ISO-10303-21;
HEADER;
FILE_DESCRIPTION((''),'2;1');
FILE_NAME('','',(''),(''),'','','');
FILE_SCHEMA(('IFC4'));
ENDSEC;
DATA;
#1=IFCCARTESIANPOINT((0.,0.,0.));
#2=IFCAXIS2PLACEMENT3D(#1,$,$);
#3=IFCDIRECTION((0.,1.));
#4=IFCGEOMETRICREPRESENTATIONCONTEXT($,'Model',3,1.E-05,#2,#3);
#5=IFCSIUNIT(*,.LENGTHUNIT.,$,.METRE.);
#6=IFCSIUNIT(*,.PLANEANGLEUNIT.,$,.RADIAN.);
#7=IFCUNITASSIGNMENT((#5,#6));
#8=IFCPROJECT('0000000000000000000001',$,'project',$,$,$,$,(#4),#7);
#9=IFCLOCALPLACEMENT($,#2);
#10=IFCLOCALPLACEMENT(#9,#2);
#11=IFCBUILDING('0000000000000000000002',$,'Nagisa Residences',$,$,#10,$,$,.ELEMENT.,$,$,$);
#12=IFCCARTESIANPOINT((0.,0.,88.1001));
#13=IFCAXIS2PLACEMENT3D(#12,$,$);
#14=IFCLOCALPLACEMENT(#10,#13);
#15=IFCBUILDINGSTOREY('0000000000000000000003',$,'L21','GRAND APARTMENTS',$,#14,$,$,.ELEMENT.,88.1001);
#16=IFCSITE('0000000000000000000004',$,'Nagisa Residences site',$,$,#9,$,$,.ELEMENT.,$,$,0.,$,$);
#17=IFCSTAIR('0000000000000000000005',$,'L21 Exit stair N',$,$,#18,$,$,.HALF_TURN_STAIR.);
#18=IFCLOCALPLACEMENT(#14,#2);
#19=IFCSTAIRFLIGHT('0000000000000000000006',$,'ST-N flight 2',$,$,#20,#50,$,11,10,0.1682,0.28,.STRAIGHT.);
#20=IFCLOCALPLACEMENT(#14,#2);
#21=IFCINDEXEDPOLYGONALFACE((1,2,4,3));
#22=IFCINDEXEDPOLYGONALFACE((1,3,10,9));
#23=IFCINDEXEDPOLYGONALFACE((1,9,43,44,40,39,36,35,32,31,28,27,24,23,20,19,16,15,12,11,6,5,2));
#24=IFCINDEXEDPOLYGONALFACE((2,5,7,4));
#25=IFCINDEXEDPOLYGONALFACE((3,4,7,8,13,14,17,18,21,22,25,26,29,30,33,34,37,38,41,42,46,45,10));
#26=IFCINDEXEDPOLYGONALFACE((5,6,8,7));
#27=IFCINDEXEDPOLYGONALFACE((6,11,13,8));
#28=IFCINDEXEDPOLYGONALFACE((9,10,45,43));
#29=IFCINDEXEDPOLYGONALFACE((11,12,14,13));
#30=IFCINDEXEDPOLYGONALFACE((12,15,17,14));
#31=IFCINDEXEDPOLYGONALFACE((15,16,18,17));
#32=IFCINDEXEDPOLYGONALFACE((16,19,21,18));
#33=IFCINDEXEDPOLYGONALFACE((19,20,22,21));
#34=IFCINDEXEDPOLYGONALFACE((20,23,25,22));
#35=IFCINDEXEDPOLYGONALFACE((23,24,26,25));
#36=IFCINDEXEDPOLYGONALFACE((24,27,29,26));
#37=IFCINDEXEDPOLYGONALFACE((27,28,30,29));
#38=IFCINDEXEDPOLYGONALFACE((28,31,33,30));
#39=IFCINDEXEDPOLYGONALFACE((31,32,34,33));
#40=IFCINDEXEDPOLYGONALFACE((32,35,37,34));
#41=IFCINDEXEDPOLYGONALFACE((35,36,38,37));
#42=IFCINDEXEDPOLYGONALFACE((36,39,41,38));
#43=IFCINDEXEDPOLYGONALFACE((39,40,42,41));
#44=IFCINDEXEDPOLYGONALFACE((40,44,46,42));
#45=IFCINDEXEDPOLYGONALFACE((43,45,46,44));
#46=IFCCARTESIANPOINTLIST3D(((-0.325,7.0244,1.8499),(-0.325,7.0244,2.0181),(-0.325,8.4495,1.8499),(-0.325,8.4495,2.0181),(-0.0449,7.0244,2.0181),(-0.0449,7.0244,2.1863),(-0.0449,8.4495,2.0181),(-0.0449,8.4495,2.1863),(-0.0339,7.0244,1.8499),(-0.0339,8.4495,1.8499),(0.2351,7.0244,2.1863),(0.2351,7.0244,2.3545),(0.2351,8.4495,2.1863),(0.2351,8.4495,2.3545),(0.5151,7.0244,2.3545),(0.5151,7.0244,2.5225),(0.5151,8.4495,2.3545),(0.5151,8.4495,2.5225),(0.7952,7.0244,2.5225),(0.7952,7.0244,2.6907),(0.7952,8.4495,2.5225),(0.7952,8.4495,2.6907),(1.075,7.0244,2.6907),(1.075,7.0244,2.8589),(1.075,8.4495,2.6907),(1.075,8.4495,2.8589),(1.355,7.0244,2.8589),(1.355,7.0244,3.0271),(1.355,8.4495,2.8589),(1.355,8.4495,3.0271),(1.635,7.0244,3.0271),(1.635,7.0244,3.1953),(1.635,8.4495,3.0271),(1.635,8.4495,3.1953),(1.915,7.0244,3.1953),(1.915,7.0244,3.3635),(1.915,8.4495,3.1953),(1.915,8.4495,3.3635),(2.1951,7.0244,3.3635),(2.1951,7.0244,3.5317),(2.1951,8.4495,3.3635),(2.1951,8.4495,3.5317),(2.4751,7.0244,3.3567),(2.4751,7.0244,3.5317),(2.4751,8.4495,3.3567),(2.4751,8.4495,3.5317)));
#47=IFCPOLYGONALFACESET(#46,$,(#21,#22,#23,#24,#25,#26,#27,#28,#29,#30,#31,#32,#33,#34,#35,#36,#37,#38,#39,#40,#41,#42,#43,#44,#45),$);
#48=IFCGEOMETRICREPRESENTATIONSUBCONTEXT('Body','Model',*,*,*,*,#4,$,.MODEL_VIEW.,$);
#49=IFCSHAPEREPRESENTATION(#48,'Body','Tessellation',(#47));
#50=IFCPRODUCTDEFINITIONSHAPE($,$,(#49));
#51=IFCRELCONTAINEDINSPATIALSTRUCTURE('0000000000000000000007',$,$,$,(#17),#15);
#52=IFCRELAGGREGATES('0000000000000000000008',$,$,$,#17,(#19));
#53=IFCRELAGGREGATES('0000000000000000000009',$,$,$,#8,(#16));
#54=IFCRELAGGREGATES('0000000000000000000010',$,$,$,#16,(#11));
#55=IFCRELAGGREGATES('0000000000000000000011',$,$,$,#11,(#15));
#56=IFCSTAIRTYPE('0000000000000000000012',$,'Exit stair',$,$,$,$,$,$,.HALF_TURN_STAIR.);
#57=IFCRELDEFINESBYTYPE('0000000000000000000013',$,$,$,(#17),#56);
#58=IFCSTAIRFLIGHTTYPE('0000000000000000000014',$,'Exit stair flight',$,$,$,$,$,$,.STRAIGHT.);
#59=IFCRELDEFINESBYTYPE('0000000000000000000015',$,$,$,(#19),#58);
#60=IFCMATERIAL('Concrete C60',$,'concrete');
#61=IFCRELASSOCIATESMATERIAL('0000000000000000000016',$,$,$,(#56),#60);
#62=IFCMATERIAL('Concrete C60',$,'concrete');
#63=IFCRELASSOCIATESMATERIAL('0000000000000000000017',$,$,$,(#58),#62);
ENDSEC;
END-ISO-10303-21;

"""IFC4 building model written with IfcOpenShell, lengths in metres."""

from ifc_helpers import new_model, si_unit, direction, frame, origin, place, context, subcontext, project, spatial, polyline, outline, extrude, material, type_object, element, aggregate, save


model = new_model("IFC4")

# Units and contexts
model_context = context("Model", 3, precision=1e-05, world=origin(), true_north=direction((0.0, 1.0)))
body_context = subcontext(model_context, "Body", "Model", "MODEL_VIEW")
ifc_project = project(units=[si_unit("LENGTHUNIT", "METRE"), si_unit("PLANEANGLEUNIT", "RADIAN")], contexts=[model_context])

# Site, building, storey
site_placement = place(None, origin())
site = spatial("IfcSite", under=ifc_project, at=site_placement, Name="Nagisa Residences site", CompositionType="ELEMENT", RefElevation=0.0)
building_placement = place(site_placement, origin())
building = spatial("IfcBuilding", under=site, at=building_placement, Name="Nagisa Residences", CompositionType="ELEMENT")
storey_placement = place(building_placement, frame((0.0, 0.0, 88.1001)))
storey = spatial("IfcBuildingStorey", under=building, at=storey_placement, Name="L21", Description="GRAND APARTMENTS", CompositionType="ELEMENT", Elevation=88.1001)

# Stair, stair flight
ifc_material_1 = material(Name="Concrete C60", Category="concrete")
stair_type = type_object("IfcStairType", Name="Exit stair", PredefinedType="HALF_TURN_STAIR", material=ifc_material_1)
stair_placement = place(storey_placement, origin())
stair = element("IfcStair", 1, at=stair_placement, inside=storey, type_object=stair_type, Name="L21 Exit stair N", PredefinedType="HALF_TURN_STAIR")
ifc_material_2 = material(Name="Concrete C60", Category="concrete")
stair_flight_type = type_object("IfcStairFlightType", Name="Exit stair flight", PredefinedType="STRAIGHT", material=ifc_material_2)
stair_flight_placement = place(storey_placement, frame((-0.325, 7.7371, 1.8499), z_axis=(0.0, 0.0, 1.0), x_axis=(1.0, 0.0, 0.0)))
stair_flight = element("IfcStairFlight", 2, at=stair_flight_placement, type_object=stair_flight_type, Name="ST-N flight 2", NumberOfRisers=11, NumberOfTreads=10, PredefinedType="STRAIGHT", RiserHeight=0.1682, TreadLength=0.28, context=body_context, shape_type="SweptSolid", body=[
    extrude(outline(polyline([(0.0, 0.0), (0.0, 0.1682), (0.28, 0.1682), (0.28, 0.3364), (0.5601, 0.3364), (0.5601, 0.5046), (0.8401, 0.5046), (0.8401, 0.6726), (1.1201, 0.6726), (1.1201, 0.8408), (1.3999, 0.8408), (1.3999, 1.009), (1.6799, 1.009), (1.6799, 1.1772), (1.96, 1.1772), (1.96, 1.3455), (2.24, 1.3455), (2.24, 1.5137), (2.52, 1.5137), (2.52, 1.6819), (2.8, 1.6819), (2.8, 1.8501), (2.8, 1.5068), (0.291, 0.0), (0.0, 0.0)])), frame((0.0, 0.7124, 0.0), z_axis=(0.0, -1.0, 0.0), x_axis=(1.0, 0.0, 0.0)), (0.0, 0.0, 1.0), 1.425),
])
aggregate(stair, [stair_flight])

save(model, "model.ifc")
